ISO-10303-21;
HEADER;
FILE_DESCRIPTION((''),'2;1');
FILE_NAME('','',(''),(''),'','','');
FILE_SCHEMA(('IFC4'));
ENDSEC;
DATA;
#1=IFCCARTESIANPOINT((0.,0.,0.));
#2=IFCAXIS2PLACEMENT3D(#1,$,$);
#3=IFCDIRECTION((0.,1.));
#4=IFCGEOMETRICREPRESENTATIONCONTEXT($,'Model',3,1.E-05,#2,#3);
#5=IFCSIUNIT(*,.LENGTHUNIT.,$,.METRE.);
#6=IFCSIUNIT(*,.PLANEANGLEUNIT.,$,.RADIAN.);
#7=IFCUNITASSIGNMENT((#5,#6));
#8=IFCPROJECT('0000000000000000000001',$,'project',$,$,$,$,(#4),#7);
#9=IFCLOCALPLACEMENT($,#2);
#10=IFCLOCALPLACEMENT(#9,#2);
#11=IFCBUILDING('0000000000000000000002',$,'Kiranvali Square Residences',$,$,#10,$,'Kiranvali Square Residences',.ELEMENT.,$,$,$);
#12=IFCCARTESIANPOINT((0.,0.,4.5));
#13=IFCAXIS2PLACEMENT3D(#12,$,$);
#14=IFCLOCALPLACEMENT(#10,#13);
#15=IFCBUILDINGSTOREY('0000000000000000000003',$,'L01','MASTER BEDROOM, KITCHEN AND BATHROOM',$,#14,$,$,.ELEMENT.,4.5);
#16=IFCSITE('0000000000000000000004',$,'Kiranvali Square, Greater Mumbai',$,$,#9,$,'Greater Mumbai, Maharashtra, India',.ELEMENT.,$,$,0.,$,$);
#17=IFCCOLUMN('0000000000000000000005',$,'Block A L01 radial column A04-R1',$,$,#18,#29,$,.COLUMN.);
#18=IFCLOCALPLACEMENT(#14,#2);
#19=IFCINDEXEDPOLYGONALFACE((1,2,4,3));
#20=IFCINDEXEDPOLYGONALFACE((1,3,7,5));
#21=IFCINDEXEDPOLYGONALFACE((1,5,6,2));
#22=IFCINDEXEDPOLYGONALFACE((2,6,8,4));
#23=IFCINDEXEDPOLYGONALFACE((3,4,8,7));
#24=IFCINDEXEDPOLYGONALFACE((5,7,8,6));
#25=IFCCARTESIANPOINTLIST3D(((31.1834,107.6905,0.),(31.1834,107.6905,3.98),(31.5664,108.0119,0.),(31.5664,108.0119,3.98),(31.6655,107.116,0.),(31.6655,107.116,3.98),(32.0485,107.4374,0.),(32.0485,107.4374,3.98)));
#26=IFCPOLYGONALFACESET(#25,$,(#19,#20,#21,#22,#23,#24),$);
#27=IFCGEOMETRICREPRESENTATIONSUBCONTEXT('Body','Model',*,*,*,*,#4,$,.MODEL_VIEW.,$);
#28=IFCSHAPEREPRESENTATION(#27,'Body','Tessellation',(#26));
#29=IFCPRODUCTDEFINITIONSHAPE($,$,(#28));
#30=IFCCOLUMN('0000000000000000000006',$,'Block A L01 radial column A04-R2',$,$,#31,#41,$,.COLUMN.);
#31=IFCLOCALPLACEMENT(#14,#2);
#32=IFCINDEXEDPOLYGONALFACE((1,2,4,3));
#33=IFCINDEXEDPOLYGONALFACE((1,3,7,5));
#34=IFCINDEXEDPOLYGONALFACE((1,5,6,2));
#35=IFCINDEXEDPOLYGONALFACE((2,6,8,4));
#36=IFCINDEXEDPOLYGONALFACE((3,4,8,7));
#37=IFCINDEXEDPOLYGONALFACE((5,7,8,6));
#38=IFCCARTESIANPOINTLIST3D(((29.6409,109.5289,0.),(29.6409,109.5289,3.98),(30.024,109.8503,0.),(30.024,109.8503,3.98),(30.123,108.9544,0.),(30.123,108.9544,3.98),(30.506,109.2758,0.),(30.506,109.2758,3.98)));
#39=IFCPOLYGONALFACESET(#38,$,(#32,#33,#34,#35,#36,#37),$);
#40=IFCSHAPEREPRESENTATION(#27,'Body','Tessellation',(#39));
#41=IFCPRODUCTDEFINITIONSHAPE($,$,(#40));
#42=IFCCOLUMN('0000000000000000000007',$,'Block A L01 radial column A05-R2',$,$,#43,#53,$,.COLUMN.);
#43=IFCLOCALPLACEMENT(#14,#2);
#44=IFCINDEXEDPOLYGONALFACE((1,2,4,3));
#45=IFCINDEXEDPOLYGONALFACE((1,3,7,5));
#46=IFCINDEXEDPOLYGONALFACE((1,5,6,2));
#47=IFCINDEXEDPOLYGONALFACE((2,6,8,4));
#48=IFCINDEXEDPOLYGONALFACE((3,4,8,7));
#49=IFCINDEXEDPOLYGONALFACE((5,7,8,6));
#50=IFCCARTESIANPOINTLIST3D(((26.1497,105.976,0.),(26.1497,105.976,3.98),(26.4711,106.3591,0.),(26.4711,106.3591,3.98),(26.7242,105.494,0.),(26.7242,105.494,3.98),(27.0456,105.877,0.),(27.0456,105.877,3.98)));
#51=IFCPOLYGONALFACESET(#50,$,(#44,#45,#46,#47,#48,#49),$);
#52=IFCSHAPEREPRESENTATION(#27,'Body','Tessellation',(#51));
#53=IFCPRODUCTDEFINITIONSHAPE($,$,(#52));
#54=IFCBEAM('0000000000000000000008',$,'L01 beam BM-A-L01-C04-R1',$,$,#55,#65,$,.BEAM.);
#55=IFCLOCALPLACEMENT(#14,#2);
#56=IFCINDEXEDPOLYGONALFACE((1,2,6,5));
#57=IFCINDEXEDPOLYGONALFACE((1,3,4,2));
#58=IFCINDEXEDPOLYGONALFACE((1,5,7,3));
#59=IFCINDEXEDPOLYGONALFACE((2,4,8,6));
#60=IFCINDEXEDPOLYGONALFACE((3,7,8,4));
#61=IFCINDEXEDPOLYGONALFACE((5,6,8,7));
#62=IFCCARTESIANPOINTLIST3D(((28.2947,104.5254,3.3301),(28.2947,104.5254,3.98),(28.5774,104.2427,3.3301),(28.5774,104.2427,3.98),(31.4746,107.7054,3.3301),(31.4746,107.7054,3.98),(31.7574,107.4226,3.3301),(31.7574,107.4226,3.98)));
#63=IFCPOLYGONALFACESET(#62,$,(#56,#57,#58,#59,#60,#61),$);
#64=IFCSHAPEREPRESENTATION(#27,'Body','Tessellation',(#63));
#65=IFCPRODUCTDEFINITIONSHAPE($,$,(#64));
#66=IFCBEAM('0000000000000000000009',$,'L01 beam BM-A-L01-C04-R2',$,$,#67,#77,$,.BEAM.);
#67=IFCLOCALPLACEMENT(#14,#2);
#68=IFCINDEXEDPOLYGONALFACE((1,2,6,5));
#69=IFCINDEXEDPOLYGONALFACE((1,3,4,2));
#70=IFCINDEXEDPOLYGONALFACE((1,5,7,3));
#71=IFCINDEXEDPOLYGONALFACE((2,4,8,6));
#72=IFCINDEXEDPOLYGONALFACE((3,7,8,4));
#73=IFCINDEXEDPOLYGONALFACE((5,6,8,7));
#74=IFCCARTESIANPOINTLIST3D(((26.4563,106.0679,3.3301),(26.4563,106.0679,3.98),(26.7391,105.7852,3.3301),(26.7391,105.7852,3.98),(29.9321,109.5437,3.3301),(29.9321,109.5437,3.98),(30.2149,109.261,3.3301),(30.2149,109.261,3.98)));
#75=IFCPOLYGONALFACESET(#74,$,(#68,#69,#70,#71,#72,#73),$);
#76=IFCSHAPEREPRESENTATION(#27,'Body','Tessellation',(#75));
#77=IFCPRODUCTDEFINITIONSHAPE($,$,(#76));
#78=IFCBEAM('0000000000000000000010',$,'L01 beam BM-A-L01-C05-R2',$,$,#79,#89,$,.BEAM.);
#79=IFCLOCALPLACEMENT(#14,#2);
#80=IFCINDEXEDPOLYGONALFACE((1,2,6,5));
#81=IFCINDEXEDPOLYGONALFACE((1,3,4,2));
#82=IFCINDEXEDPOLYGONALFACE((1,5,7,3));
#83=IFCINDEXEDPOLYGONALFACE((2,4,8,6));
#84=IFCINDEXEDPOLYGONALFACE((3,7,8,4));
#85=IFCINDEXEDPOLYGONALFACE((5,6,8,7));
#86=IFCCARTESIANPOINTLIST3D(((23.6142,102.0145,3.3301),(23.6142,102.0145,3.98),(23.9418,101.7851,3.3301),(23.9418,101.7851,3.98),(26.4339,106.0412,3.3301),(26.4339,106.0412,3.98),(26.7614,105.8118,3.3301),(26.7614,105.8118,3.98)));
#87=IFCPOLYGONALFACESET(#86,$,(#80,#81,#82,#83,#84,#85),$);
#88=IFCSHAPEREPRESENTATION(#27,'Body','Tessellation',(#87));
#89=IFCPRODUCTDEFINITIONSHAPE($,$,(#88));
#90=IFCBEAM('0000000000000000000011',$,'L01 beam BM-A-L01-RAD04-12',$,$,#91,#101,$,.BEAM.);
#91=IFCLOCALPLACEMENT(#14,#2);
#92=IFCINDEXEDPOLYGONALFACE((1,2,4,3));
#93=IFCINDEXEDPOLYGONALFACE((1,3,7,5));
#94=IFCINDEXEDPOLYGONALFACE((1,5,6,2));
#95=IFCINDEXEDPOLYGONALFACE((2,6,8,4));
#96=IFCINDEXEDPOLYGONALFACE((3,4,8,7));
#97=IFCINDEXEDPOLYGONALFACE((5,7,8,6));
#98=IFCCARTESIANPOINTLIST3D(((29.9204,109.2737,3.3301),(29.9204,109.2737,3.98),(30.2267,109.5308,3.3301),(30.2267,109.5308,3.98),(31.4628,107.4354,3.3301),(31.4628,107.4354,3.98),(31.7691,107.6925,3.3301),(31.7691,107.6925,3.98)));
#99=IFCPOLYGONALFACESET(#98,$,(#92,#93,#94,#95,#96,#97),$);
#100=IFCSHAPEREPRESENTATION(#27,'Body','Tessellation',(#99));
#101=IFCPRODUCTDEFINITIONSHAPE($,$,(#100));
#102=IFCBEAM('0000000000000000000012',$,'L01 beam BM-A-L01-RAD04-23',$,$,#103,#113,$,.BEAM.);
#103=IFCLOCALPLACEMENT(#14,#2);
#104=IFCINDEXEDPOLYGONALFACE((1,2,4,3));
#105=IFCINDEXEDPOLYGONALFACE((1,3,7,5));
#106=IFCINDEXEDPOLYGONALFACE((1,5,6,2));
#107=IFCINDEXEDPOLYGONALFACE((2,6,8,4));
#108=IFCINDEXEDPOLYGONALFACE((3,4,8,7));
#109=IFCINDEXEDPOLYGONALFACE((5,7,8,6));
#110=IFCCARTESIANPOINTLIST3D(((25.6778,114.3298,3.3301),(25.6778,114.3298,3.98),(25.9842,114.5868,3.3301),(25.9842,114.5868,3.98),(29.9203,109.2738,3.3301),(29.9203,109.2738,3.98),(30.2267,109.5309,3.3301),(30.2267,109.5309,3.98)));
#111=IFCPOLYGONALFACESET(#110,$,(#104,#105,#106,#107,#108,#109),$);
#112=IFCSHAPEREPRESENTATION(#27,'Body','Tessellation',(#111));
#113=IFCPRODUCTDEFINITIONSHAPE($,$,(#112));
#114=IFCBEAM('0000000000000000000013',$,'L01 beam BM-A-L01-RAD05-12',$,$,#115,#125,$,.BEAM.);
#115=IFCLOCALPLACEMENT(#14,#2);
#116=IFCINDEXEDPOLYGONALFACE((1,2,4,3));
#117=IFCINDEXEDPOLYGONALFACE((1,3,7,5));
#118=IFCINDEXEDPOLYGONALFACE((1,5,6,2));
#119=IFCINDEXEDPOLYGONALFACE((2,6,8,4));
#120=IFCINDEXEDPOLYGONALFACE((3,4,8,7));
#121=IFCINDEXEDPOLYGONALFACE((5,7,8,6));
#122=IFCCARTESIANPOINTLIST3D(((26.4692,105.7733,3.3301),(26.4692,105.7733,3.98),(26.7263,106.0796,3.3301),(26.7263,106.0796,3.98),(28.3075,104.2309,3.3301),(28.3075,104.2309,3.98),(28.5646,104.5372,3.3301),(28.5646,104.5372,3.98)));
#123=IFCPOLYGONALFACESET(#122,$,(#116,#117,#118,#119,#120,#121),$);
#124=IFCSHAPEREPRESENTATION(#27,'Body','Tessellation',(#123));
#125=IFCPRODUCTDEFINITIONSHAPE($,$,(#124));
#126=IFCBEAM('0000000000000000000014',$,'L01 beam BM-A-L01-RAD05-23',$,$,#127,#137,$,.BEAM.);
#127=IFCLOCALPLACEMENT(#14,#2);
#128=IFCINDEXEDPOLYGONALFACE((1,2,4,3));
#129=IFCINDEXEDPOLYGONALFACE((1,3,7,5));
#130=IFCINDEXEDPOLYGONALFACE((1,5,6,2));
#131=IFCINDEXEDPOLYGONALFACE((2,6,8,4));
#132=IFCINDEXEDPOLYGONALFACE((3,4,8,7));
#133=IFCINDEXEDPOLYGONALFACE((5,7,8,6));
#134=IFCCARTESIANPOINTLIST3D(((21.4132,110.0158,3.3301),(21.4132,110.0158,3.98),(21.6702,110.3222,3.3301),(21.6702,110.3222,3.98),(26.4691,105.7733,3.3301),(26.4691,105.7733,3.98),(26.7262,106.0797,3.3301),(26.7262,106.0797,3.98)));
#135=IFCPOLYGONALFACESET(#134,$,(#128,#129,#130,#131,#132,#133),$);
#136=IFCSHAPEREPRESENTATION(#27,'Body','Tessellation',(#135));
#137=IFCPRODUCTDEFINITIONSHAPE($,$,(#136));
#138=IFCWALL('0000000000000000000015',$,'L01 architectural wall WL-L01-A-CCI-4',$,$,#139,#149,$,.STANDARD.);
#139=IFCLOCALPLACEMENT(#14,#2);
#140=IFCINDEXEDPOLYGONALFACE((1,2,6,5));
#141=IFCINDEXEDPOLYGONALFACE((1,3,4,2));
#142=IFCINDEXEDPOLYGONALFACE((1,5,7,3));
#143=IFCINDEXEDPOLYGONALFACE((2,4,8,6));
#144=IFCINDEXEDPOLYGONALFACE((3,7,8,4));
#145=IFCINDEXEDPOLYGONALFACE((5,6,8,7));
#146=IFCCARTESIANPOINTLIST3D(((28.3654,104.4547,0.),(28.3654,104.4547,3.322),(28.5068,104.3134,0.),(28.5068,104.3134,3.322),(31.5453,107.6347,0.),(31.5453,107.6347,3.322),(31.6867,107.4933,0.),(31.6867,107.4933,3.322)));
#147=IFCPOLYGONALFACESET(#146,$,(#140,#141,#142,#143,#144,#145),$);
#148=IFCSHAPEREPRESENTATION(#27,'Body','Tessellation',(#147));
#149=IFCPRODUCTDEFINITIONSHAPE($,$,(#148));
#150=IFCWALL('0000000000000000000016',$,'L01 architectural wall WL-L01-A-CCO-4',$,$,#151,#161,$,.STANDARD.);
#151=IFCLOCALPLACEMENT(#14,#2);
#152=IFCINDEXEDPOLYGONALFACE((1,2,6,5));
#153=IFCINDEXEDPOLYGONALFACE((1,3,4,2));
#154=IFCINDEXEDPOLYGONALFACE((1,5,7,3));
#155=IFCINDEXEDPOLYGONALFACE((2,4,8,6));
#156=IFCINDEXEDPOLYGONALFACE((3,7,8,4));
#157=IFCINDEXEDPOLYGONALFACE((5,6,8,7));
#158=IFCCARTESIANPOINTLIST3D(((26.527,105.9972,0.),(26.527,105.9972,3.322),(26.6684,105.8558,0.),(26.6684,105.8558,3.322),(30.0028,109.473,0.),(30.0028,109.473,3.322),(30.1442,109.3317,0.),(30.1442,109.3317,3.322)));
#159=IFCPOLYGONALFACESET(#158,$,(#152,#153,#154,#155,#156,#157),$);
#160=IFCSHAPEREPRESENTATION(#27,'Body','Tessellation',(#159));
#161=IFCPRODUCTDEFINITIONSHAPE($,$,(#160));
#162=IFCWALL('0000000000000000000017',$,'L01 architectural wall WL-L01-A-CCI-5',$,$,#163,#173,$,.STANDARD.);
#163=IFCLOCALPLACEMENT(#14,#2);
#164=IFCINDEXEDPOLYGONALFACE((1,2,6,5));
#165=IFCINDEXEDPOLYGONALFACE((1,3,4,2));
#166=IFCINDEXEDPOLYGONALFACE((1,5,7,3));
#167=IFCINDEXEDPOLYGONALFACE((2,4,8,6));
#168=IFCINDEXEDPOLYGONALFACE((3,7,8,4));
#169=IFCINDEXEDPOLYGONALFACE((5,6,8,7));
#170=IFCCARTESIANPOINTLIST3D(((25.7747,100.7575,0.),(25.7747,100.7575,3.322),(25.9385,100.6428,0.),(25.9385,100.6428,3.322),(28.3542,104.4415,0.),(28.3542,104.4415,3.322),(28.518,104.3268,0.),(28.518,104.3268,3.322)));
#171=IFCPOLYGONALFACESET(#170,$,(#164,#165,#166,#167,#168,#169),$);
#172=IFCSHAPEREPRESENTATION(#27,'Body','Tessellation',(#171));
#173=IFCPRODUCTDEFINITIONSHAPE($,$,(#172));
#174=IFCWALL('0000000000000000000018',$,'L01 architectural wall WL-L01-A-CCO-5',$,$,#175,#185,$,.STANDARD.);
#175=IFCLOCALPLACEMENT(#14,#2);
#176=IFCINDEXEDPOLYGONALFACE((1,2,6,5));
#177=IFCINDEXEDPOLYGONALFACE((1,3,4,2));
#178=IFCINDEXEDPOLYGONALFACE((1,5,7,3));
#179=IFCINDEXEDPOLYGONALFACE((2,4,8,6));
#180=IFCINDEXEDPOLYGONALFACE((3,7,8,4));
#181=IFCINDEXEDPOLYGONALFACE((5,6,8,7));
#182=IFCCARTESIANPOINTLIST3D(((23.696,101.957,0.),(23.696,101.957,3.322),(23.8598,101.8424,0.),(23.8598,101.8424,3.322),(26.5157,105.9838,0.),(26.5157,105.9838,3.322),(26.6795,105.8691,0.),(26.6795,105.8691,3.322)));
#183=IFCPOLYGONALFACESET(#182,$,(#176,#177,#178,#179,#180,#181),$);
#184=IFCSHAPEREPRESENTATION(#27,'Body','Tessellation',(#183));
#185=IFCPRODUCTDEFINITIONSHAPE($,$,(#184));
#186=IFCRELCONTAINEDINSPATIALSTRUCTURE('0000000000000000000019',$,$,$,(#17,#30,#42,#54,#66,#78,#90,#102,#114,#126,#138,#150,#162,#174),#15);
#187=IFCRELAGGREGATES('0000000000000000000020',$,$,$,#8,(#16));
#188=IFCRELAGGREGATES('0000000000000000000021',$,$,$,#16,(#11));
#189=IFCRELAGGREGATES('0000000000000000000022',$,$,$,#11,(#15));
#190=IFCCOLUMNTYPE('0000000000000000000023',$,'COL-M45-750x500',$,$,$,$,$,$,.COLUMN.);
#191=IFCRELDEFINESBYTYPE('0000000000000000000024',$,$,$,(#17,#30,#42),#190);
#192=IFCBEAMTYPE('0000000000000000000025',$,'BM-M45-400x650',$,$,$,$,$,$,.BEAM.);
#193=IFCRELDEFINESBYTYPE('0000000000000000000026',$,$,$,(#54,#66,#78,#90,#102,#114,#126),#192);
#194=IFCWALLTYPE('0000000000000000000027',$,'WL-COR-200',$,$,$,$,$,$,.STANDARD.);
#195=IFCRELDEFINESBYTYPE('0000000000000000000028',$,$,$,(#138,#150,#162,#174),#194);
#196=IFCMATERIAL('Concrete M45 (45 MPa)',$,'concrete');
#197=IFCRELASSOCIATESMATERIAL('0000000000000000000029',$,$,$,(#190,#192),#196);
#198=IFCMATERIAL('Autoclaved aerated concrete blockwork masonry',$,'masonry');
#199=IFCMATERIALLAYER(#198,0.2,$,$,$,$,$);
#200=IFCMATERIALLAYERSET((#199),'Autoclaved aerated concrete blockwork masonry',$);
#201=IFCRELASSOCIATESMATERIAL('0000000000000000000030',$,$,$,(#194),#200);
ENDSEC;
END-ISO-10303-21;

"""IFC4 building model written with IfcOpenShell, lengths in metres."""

from ifc_helpers import new_model, si_unit, direction, frame, frame_2d, origin, origin_2d, place, context, subcontext, project, spatial, rectangle, extrude, material, layer, layer_set, material_profile, profile_set, type_object, element, save


model = new_model("IFC4")

# Units and contexts
model_context = context("Model", 3, precision=1e-05, world=origin(), true_north=direction((0.0, 1.0)))
body_context = subcontext(model_context, "Body", "Model", "MODEL_VIEW")
ifc_project = project(units=[si_unit("LENGTHUNIT", "METRE"), si_unit("PLANEANGLEUNIT", "RADIAN")], contexts=[model_context])

# Site, building, storey
site_placement = place(None, origin())
site = spatial("IfcSite", under=ifc_project, at=site_placement, Name="Kiranvali Square, Greater Mumbai", LongName="Greater Mumbai, Maharashtra, India", CompositionType="ELEMENT", RefElevation=0.0)
building_placement = place(site_placement, origin())
building = spatial("IfcBuilding", under=site, at=building_placement, Name="Kiranvali Square Residences", LongName="Kiranvali Square Residences", CompositionType="ELEMENT")
storey_placement = place(building_placement, frame((0.0, 0.0, 4.5)))
storey = spatial("IfcBuildingStorey", under=building, at=storey_placement, Name="L01", Description="MASTER BEDROOM, KITCHEN AND BATHROOM", CompositionType="ELEMENT", Elevation=4.5)

# Columns
ifc_material_1 = material(Name="Concrete M45 (45 MPa)", Category="concrete")
ifc_material_profile_1 = material_profile(ifc_material_1, rectangle(XDim=0.5, YDim=0.75, at=origin_2d()), Name="RC 750x500")
ifc_profile_set_1 = profile_set([ifc_material_profile_1], Name="Concrete M45 (45 MPa)")
column_type = type_object("IfcColumnType", Name="COL-M45-750x500", PredefinedType="COLUMN", material=ifc_profile_set_1)
for number, where, z_axis, x_axis, name in (
    (1, (31.616, 107.564, 0.0), (0.0, 0.0, 1.0), (0.766044, 0.642788, 0.0), "Block A L01 radial column A04-R1"),
    (2, (30.0735, 109.4023, 0.0), (0.0, 0.0, 1.0), (0.766044, 0.642788, 0.0), "Block A L01 radial column A04-R2"),
    (3, (26.5977, 105.9265, 0.0), (0.0, 0.0, 1.0), (0.642788, 0.766044, 0.0), "Block A L01 radial column A05-R2"),
):
    element("IfcColumn", number, at=place(storey_placement, frame(where, z_axis=z_axis, x_axis=x_axis)), inside=storey, type_object=column_type, Name=name, PredefinedType="COLUMN", context=body_context, shape_type="SweptSolid", body=[
        extrude(rectangle(XDim=0.5, YDim=0.75, at=origin_2d()), origin(), (0.0, 0.0, 1.0), 3.98),
    ])

# Beams
ifc_material_profile_2 = material_profile(ifc_material_1, rectangle(XDim=0.3999, YDim=0.6499, at=origin_2d()), Name="RC 400x650")
ifc_profile_set_2 = profile_set([ifc_material_profile_2], Name="Concrete M45 (45 MPa)")
beam_type = type_object("IfcBeamType", Name="BM-M45-400x650", PredefinedType="BEAM", material=ifc_profile_set_2)
beam_1_placement = place(storey_placement, frame((31.616, 107.564, 3.655), z_axis=(-0.707107, -0.707107, 0.0), x_axis=(0.707107, -0.707107, 0.0)))
element("IfcBeam", 4, at=beam_1_placement, inside=storey, type_object=beam_type, Name="L01 beam BM-A-L01-C04-R1", PredefinedType="BEAM", context=body_context, shape_type="SweptSolid", body=[
    extrude(rectangle(XDim=0.3999, YDim=0.6499, at=origin_2d()), origin(), (0.0, 0.0, 1.0), 4.4971),
])
beam_2_placement = place(storey_placement, frame((30.0735, 109.4023, 3.655), z_axis=(-0.707107, -0.707107, 0.0), x_axis=(0.707107, -0.707107, 0.0)))
element("IfcBeam", 5, at=beam_2_placement, inside=storey, type_object=beam_type, Name="L01 beam BM-A-L01-C04-R2", PredefinedType="BEAM", context=body_context, shape_type="SweptSolid", body=[
    extrude(rectangle(XDim=0.3999, YDim=0.6499, at=origin_2d()), origin(), (0.0, 0.0, 1.0), 4.9155),
])
beam_3_placement = place(storey_placement, frame((26.5977, 105.9265, 3.655), z_axis=(-0.573592, -0.819141, 0.0), x_axis=(0.819141, -0.573592, 0.0)))
element("IfcBeam", 6, at=beam_3_placement, inside=storey, type_object=beam_type, Name="L01 beam BM-A-L01-C05-R2", PredefinedType="BEAM", context=body_context, shape_type="SweptSolid", body=[
    extrude(rectangle(XDim=0.3999, YDim=0.6499, at=origin_2d()), origin(), (0.0, 0.0, 1.0), 4.9158),
])
beam_4_placement = place(storey_placement, frame((31.616, 107.564, 3.655), z_axis=(-0.642763, 0.766065, 0.0), x_axis=(-0.766065, -0.642763, 0.0)))
element("IfcBeam", 7, at=beam_4_placement, inside=storey, type_object=beam_type, Name="L01 beam BM-A-L01-RAD04-12", PredefinedType="BEAM", context=body_context, shape_type="SweptSolid", body=[
    extrude(rectangle(XDim=0.3999, YDim=0.6499, at=origin_2d()), origin(), (0.0, 0.0, 1.0), 2.3997),
])
beam_5_placement = place(storey_placement, frame((30.0735, 109.4023, 3.655), z_axis=(-0.642789, 0.766043, 0.0), x_axis=(-0.766043, -0.642789, 0.0)))
element("IfcBeam", 8, at=beam_5_placement, inside=storey, type_object=beam_type, Name="L01 beam BM-A-L01-RAD04-23", PredefinedType="BEAM", context=body_context, shape_type="SweptSolid", body=[
    extrude(rectangle(XDim=0.3999, YDim=0.6499, at=origin_2d()), origin(), (0.0, 0.0, 1.0), 6.6001),
])
beam_6_placement = place(storey_placement, frame((28.436, 104.384, 3.655), z_axis=(-0.766065, 0.642763, 0.0), x_axis=(-0.642763, -0.766065, 0.0)))
element("IfcBeam", 9, at=beam_6_placement, inside=storey, type_object=beam_type, Name="L01 beam BM-A-L01-RAD05-12", PredefinedType="BEAM", context=body_context, shape_type="SweptSolid", body=[
    extrude(rectangle(XDim=0.3999, YDim=0.6499, at=origin_2d()), origin(), (0.0, 0.0, 1.0), 2.3997),
])
beam_7_placement = place(storey_placement, frame((26.5977, 105.9265, 3.655), z_axis=(-0.766043, 0.642789, 0.0), x_axis=(-0.642789, -0.766043, 0.0)))
element("IfcBeam", 10, at=beam_7_placement, inside=storey, type_object=beam_type, Name="L01 beam BM-A-L01-RAD05-23", PredefinedType="BEAM", context=body_context, shape_type="SweptSolid", body=[
    extrude(rectangle(XDim=0.3999, YDim=0.6499, at=origin_2d()), origin(), (0.0, 0.0, 1.0), 6.6001),
])

# Walls
ifc_material_2 = material(Name="Autoclaved aerated concrete blockwork masonry", Category="masonry")
ifc_layer_1 = layer(ifc_material_2, 0.2)
ifc_layer_set_1 = layer_set([ifc_layer_1], Name="Autoclaved aerated concrete blockwork masonry")
wall_type_1 = type_object("IfcWallType", Name="WL-COR-200", PredefinedType="STANDARD", material=ifc_layer_set_1)
wall_1_placement = place(storey_placement, frame((31.616, 107.564, 0.0), z_axis=(0.0, 0.0, 1.0), x_axis=(-0.707107, -0.707107, 0.0)))
element("IfcWall", 11, at=wall_1_placement, inside=storey, type_object=wall_type_1, Name="L01 architectural wall WL-L01-A-CCI-4", PredefinedType="STANDARD", context=body_context, shape_type="SweptSolid", body=[
    extrude(rectangle(XDim=4.4971, YDim=0.2, at=frame_2d((2.2485, 0.0))), origin(), (0.0, 0.0, 1.0), 3.322),
])
wall_2_placement = place(storey_placement, frame((30.0735, 109.4023, 0.0), z_axis=(0.0, 0.0, 1.0), x_axis=(-0.707107, -0.707107, 0.0)))
element("IfcWall", 12, at=wall_2_placement, inside=storey, type_object=wall_type_1, Name="L01 architectural wall WL-L01-A-CCO-4", PredefinedType="STANDARD", context=body_context, shape_type="SweptSolid", body=[
    extrude(rectangle(XDim=4.9155, YDim=0.2, at=frame_2d((2.4578, 0.0))), origin(), (0.0, 0.0, 1.0), 3.322),
])
wall_3_placement = place(storey_placement, frame((28.436, 104.384, 0.0), z_axis=(0.0, 0.0, 1.0), x_axis=(-0.573572, -0.819155, 0.0)))
element("IfcWall", 13, at=wall_3_placement, inside=storey, type_object=wall_type_1, Name="L01 architectural wall WL-L01-A-CCI-5", PredefinedType="STANDARD", context=body_context, shape_type="SweptSolid", body=[
    extrude(rectangle(XDim=4.4973, YDim=0.2, at=frame_2d((2.2485, 0.0))), origin(), (0.0, 0.0, 1.0), 3.322),
])
wall_4_placement = place(storey_placement, frame((26.5977, 105.9265, 0.0), z_axis=(0.0, 0.0, 1.0), x_axis=(-0.573592, -0.819141, 0.0)))
element("IfcWall", 14, at=wall_4_placement, inside=storey, type_object=wall_type_1, Name="L01 architectural wall WL-L01-A-CCO-5", PredefinedType="STANDARD", context=body_context, shape_type="SweptSolid", body=[
    extrude(rectangle(XDim=4.9158, YDim=0.2, at=frame_2d((2.458, 0.0))), origin(), (0.0, 0.0, 1.0), 3.322),
])

save(model, "model.ifc")
